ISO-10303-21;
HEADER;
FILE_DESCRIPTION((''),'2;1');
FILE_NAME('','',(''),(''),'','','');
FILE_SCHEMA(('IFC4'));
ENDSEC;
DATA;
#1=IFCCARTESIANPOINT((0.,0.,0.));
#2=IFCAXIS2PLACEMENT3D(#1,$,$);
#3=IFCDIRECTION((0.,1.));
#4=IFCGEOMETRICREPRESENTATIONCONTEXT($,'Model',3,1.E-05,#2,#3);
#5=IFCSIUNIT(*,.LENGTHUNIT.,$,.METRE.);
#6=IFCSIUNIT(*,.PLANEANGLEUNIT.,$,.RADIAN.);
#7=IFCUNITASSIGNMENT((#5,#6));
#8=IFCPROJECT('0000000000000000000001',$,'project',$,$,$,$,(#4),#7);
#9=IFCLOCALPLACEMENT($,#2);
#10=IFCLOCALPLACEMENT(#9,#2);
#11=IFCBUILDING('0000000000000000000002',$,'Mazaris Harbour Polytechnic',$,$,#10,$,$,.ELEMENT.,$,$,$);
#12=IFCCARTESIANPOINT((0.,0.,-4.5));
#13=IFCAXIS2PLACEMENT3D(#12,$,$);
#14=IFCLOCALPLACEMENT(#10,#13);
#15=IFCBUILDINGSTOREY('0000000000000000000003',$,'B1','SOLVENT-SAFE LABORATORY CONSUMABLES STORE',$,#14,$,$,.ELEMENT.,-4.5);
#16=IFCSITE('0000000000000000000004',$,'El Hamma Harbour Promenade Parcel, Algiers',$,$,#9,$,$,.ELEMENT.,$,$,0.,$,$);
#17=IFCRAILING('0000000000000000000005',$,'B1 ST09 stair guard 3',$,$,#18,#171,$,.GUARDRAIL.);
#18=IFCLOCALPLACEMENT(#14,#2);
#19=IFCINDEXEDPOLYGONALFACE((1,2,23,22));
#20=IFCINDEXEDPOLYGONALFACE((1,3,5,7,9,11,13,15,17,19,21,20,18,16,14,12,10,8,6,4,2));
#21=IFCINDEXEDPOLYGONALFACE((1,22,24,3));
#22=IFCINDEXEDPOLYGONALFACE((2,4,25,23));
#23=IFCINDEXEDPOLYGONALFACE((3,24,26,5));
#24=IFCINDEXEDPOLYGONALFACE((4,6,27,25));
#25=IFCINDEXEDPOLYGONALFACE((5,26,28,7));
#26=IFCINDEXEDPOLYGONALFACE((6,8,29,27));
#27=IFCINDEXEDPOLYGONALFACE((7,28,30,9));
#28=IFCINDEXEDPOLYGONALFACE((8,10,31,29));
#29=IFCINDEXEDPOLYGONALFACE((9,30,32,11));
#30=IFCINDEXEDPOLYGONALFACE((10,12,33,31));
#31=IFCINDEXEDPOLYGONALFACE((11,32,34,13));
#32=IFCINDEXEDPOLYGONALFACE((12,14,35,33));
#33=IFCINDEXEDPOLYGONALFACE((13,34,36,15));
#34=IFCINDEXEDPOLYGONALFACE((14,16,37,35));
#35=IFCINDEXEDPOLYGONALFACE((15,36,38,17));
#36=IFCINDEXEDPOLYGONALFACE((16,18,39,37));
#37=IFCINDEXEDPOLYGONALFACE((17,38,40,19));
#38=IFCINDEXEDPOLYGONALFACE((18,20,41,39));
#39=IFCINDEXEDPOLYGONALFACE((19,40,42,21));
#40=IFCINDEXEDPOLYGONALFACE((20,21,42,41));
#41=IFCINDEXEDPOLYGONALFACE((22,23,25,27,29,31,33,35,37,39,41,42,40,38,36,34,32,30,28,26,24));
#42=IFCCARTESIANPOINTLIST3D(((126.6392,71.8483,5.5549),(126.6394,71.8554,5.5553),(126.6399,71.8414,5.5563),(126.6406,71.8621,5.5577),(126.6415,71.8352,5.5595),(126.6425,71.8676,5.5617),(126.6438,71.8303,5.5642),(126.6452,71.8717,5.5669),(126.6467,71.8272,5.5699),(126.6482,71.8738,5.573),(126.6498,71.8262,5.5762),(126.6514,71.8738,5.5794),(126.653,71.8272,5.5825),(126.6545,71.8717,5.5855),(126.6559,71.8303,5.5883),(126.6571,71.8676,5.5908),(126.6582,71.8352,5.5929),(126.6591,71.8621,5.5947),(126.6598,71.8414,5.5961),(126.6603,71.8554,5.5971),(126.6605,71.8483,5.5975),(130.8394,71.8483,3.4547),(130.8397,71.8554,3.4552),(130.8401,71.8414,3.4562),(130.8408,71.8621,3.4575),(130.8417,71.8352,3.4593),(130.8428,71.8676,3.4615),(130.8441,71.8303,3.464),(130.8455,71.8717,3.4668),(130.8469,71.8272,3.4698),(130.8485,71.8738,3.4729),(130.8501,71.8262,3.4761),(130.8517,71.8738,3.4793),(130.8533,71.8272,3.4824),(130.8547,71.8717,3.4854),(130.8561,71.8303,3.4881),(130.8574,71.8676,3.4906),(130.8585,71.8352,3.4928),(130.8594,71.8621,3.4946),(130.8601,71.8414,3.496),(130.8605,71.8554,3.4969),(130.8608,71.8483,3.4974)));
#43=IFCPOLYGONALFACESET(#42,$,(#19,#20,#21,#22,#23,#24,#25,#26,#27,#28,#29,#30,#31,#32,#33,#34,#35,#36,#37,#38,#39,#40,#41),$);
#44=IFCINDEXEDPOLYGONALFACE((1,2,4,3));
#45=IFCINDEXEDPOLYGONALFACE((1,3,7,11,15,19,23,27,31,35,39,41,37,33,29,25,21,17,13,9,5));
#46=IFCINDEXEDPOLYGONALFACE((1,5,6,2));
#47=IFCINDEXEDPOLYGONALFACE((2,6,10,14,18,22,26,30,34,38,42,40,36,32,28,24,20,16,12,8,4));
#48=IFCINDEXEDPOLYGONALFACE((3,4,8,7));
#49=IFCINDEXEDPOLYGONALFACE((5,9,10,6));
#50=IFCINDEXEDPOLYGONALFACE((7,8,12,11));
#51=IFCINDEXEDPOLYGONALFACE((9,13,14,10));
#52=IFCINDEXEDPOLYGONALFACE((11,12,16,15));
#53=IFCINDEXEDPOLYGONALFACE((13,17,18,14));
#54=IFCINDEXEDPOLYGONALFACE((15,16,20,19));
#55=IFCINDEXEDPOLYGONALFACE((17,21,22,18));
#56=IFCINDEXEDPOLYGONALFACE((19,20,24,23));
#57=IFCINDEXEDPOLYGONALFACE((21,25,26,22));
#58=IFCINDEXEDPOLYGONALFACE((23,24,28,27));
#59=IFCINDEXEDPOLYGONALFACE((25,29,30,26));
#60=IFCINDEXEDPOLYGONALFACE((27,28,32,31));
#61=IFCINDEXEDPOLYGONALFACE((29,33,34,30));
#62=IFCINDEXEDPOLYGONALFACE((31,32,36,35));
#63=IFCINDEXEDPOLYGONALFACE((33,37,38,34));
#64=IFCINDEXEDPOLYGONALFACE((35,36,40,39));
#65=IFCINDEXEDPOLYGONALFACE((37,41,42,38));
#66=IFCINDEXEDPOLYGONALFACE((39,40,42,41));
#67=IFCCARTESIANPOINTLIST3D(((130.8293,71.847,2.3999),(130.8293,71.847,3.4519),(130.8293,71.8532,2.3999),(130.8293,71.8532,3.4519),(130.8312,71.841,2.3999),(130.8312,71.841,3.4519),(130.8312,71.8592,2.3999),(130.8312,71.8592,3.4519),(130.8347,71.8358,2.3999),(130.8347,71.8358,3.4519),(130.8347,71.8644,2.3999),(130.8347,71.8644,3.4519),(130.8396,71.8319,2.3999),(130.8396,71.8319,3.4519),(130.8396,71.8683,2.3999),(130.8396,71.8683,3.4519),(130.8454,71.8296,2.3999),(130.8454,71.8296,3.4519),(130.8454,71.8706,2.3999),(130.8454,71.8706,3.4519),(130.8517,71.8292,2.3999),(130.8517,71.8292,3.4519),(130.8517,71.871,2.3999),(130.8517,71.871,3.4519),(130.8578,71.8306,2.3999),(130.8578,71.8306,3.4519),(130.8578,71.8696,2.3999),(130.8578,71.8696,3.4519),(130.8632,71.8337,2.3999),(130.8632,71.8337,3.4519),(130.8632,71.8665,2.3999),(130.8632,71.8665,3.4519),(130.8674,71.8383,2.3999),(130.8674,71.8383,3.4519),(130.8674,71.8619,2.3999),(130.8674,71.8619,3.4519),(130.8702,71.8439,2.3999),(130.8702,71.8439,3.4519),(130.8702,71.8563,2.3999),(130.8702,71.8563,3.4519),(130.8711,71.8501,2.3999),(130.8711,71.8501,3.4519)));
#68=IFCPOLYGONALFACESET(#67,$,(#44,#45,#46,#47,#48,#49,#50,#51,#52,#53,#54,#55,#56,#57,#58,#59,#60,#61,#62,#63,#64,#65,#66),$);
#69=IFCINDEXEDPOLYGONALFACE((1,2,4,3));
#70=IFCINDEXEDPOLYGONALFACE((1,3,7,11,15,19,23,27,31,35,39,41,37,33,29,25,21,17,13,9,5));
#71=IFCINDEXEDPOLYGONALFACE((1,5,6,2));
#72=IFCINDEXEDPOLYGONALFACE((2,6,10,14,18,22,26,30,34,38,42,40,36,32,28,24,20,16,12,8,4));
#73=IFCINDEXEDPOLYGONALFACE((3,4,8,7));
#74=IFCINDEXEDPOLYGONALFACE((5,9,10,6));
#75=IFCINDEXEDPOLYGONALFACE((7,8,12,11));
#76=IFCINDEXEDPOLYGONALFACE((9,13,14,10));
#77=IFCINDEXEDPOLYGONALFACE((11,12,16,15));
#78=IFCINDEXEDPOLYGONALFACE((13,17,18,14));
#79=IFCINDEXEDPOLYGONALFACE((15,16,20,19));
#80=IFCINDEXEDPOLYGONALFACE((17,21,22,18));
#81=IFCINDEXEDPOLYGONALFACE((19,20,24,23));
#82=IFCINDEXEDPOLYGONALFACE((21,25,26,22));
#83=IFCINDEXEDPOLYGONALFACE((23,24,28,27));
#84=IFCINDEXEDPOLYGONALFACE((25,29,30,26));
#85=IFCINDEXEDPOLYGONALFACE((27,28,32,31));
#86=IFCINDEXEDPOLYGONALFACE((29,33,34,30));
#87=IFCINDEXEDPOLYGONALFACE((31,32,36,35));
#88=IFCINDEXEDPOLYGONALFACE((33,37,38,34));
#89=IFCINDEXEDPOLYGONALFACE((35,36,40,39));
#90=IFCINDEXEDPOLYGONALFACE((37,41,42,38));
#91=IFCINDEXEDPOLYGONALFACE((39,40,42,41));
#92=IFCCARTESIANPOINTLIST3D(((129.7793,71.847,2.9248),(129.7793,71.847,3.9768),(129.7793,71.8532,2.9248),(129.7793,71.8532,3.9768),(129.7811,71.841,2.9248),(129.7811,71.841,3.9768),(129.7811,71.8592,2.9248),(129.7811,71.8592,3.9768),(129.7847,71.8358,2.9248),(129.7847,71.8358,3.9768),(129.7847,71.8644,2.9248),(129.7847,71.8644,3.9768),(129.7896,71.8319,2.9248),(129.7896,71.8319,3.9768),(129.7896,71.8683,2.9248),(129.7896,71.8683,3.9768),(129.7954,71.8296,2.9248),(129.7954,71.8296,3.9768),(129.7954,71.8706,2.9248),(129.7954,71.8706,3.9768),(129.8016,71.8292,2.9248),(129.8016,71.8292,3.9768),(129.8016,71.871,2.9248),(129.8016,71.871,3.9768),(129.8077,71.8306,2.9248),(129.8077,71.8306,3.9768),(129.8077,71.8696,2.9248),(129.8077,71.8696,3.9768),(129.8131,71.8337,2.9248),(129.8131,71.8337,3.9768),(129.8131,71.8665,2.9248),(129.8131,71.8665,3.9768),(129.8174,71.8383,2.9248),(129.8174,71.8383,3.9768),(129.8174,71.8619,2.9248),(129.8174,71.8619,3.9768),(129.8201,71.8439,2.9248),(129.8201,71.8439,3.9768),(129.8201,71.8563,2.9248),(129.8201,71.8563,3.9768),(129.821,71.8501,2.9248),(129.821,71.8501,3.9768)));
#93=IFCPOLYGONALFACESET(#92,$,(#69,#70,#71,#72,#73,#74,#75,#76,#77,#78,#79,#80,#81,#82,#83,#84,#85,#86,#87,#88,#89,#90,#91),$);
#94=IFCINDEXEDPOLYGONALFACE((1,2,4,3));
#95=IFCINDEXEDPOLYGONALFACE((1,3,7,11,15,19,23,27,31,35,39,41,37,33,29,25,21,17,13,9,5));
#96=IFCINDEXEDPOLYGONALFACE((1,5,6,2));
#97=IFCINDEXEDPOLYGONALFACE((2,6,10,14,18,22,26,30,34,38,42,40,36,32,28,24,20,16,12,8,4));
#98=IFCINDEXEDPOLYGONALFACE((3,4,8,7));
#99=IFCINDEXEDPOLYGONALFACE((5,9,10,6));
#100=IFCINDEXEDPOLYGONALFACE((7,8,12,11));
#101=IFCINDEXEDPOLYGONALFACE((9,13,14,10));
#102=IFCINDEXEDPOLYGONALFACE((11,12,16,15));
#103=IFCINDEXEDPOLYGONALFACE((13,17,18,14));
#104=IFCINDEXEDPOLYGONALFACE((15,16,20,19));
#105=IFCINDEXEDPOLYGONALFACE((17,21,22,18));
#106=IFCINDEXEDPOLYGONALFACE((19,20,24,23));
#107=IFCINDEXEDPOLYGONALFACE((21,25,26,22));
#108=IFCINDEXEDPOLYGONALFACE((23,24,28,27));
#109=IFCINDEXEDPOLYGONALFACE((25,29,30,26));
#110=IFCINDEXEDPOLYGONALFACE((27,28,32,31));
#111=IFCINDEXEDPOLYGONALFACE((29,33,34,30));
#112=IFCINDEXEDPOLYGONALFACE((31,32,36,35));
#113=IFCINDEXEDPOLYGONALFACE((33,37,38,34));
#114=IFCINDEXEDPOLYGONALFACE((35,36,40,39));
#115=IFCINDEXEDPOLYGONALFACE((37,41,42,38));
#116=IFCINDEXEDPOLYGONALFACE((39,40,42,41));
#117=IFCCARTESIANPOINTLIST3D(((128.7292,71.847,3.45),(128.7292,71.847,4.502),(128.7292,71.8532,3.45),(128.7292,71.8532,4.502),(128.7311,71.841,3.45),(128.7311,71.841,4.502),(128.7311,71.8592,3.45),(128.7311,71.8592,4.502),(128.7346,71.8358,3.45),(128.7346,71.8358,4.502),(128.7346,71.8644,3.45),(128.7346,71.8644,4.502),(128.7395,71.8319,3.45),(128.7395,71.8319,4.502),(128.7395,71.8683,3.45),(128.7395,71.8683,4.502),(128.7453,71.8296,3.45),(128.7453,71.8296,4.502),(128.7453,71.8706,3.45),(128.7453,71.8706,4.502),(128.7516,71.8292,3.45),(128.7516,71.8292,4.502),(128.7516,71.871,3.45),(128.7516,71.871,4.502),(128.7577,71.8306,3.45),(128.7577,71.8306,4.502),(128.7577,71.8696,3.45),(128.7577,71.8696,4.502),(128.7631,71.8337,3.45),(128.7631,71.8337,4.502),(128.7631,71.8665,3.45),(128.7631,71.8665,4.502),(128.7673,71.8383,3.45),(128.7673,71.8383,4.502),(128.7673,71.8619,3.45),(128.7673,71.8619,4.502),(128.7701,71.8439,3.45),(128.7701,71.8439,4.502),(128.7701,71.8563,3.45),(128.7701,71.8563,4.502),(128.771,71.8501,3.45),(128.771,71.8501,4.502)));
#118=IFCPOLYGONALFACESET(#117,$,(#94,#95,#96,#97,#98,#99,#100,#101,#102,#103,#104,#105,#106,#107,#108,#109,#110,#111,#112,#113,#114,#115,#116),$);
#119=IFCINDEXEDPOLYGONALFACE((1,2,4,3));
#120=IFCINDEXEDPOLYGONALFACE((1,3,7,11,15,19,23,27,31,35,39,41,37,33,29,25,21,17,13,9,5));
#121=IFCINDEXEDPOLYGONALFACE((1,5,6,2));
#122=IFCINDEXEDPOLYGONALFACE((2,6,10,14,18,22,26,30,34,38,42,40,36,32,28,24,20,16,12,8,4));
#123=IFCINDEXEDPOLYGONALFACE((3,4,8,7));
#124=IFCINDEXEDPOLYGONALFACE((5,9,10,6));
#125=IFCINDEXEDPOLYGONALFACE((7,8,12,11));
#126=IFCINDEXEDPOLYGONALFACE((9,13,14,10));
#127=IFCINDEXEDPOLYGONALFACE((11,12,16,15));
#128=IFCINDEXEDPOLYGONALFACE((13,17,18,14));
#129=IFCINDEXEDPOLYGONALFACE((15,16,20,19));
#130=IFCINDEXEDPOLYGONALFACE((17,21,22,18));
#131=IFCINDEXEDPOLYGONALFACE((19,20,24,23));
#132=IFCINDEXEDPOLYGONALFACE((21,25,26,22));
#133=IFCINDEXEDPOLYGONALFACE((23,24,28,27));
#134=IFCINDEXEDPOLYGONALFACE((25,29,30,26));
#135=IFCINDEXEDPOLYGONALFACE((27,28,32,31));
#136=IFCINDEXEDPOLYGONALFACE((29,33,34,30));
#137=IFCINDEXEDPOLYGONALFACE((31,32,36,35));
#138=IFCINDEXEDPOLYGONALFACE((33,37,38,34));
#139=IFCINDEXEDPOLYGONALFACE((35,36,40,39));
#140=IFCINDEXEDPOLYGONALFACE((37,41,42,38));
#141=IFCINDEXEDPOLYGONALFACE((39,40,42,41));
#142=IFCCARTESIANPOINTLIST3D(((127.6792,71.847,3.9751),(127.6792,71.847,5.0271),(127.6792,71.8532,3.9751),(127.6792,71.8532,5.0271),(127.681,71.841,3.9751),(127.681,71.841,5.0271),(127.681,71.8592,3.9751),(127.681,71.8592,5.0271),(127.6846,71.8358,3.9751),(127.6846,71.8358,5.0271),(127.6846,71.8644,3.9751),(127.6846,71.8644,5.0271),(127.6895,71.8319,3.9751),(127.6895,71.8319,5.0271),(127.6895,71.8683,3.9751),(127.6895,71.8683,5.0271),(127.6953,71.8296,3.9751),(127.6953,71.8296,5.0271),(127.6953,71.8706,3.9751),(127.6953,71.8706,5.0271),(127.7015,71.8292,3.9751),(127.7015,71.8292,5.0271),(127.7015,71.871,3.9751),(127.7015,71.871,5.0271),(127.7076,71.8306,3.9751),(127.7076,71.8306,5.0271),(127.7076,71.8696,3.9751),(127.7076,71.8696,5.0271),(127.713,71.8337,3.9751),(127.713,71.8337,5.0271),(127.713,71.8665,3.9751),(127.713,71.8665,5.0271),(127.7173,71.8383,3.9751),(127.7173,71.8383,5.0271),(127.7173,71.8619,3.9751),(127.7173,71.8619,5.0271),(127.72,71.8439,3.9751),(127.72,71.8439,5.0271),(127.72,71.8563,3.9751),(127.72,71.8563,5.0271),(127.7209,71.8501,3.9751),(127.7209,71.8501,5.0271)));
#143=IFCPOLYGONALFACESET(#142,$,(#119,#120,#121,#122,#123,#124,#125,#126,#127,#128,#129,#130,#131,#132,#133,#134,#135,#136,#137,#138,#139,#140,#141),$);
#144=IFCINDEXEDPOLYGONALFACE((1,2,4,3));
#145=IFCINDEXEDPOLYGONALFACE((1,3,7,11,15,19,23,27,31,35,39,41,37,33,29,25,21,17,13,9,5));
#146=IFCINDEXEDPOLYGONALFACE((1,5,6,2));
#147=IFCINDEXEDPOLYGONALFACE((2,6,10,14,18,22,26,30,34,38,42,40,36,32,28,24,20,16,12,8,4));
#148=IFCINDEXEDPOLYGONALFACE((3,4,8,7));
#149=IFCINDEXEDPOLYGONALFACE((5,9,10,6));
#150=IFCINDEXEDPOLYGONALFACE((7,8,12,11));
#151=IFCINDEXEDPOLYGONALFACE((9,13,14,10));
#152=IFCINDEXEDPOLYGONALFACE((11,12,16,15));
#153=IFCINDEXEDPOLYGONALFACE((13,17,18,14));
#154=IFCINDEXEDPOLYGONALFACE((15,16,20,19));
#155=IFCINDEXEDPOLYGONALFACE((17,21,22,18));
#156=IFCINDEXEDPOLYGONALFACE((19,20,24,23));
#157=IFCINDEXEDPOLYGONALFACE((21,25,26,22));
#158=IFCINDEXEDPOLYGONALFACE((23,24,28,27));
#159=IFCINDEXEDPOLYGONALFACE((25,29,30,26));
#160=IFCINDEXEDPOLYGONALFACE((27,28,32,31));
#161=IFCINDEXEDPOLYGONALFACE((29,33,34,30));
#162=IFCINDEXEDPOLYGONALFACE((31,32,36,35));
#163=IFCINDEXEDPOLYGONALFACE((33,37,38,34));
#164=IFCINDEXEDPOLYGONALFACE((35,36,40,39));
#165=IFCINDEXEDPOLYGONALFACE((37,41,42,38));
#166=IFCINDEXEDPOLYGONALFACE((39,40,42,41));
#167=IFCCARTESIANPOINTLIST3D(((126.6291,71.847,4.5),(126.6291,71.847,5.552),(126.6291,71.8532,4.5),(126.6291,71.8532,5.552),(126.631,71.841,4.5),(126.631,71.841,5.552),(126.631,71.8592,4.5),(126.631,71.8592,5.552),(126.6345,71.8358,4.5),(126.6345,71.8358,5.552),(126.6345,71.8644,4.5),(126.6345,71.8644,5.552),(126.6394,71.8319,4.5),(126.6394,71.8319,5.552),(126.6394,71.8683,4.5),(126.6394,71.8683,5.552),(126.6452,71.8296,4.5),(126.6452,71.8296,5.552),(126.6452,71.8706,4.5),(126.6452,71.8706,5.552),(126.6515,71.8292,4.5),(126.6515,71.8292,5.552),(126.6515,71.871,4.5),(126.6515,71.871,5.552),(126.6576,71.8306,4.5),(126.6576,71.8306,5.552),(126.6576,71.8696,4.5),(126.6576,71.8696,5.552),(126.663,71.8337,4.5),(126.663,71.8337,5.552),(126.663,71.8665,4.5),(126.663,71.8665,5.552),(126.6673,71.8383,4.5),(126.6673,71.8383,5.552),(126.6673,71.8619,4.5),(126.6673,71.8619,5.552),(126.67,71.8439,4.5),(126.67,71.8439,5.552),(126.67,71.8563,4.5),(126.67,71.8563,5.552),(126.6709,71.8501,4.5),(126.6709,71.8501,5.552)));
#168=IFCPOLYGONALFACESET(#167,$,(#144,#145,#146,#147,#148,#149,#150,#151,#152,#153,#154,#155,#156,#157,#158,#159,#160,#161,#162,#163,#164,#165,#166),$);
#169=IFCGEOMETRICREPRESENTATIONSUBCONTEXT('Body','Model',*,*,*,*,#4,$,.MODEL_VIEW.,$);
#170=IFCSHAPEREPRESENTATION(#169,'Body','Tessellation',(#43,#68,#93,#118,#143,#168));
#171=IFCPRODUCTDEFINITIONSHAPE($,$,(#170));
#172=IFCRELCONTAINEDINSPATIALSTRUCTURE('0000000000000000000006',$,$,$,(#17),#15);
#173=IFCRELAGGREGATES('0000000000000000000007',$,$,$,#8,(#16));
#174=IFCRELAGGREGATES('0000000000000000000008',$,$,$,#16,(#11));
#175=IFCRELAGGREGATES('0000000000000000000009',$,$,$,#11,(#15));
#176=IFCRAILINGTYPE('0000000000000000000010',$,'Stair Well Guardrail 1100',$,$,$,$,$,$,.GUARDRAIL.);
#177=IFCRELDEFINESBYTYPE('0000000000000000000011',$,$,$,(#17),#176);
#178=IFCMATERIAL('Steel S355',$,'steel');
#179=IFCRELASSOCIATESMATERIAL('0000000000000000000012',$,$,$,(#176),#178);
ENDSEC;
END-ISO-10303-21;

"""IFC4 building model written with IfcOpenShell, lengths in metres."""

from ifc_helpers import new_model, si_unit, direction, frame, origin, origin_2d, place, context, subcontext, project, spatial, circle, extrude, material, type_object, element, save


model = new_model("IFC4")

# Units and contexts
model_context = context("Model", 3, precision=1e-05, world=origin(), true_north=direction((0.0, 1.0)))
body_context = subcontext(model_context, "Body", "Model", "MODEL_VIEW")
ifc_project = project(units=[si_unit("LENGTHUNIT", "METRE"), si_unit("PLANEANGLEUNIT", "RADIAN")], contexts=[model_context])

# Site, building, storey
site_placement = place(None, origin())
site = spatial("IfcSite", under=ifc_project, at=site_placement, Name="El Hamma Harbour Promenade Parcel, Algiers", CompositionType="ELEMENT", RefElevation=0.0)
building_placement = place(site_placement, origin())
building = spatial("IfcBuilding", under=site, at=building_placement, Name="Mazaris Harbour Polytechnic", CompositionType="ELEMENT")
storey_placement = place(building_placement, frame((0.0, 0.0, -4.5)))
storey = spatial("IfcBuildingStorey", under=building, at=storey_placement, Name="B1", Description="SOLVENT-SAFE LABORATORY CONSUMABLES STORE", CompositionType="ELEMENT", Elevation=-4.5)

# Railing
ifc_material_1 = material(Name="Steel S355", Category="steel")
railing_type_1 = type_object("IfcRailingType", Name="Stair Well Guardrail 1100", PredefinedType="GUARDRAIL", material=ifc_material_1)
railing_1_placement = place(storey_placement, frame((130.8501, 71.8501, 2.3999)))
element("IfcRailing", 1, at=railing_1_placement, inside=storey, type_object=railing_type_1, Name="B1 ST09 stair guard 3", PredefinedType="GUARDRAIL", context=body_context, shape_type="SweptSolid", body=[
    extrude(circle(Radius=0.0239, at=origin_2d()), frame((0.0, 0.0, 1.0762), z_axis=(-0.894427, 0.0, 0.447214), x_axis=(0.0, -1.0, 0.0)), (0.0, 0.0, 1.0), 4.696),
    extrude(circle(Radius=0.021, at=origin_2d()), origin(), (0.0, 0.0, 1.0), 1.052),
    extrude(circle(Radius=0.021, at=origin_2d()), frame((-1.05, 0.0, 0.5249)), (0.0, 0.0, 1.0), 1.052),
    extrude(circle(Radius=0.021, at=origin_2d()), frame((-2.1001, 0.0, 1.05)), (0.0, 0.0, 1.0), 1.052),
    extrude(circle(Radius=0.021, at=origin_2d()), frame((-3.1501, 0.0, 1.5752)), (0.0, 0.0, 1.0), 1.052),
    extrude(circle(Radius=0.021, at=origin_2d()), frame((-4.2002, 0.0, 2.1001)), (0.0, 0.0, 1.0), 1.052),
])

save(model, "model.ifc")
